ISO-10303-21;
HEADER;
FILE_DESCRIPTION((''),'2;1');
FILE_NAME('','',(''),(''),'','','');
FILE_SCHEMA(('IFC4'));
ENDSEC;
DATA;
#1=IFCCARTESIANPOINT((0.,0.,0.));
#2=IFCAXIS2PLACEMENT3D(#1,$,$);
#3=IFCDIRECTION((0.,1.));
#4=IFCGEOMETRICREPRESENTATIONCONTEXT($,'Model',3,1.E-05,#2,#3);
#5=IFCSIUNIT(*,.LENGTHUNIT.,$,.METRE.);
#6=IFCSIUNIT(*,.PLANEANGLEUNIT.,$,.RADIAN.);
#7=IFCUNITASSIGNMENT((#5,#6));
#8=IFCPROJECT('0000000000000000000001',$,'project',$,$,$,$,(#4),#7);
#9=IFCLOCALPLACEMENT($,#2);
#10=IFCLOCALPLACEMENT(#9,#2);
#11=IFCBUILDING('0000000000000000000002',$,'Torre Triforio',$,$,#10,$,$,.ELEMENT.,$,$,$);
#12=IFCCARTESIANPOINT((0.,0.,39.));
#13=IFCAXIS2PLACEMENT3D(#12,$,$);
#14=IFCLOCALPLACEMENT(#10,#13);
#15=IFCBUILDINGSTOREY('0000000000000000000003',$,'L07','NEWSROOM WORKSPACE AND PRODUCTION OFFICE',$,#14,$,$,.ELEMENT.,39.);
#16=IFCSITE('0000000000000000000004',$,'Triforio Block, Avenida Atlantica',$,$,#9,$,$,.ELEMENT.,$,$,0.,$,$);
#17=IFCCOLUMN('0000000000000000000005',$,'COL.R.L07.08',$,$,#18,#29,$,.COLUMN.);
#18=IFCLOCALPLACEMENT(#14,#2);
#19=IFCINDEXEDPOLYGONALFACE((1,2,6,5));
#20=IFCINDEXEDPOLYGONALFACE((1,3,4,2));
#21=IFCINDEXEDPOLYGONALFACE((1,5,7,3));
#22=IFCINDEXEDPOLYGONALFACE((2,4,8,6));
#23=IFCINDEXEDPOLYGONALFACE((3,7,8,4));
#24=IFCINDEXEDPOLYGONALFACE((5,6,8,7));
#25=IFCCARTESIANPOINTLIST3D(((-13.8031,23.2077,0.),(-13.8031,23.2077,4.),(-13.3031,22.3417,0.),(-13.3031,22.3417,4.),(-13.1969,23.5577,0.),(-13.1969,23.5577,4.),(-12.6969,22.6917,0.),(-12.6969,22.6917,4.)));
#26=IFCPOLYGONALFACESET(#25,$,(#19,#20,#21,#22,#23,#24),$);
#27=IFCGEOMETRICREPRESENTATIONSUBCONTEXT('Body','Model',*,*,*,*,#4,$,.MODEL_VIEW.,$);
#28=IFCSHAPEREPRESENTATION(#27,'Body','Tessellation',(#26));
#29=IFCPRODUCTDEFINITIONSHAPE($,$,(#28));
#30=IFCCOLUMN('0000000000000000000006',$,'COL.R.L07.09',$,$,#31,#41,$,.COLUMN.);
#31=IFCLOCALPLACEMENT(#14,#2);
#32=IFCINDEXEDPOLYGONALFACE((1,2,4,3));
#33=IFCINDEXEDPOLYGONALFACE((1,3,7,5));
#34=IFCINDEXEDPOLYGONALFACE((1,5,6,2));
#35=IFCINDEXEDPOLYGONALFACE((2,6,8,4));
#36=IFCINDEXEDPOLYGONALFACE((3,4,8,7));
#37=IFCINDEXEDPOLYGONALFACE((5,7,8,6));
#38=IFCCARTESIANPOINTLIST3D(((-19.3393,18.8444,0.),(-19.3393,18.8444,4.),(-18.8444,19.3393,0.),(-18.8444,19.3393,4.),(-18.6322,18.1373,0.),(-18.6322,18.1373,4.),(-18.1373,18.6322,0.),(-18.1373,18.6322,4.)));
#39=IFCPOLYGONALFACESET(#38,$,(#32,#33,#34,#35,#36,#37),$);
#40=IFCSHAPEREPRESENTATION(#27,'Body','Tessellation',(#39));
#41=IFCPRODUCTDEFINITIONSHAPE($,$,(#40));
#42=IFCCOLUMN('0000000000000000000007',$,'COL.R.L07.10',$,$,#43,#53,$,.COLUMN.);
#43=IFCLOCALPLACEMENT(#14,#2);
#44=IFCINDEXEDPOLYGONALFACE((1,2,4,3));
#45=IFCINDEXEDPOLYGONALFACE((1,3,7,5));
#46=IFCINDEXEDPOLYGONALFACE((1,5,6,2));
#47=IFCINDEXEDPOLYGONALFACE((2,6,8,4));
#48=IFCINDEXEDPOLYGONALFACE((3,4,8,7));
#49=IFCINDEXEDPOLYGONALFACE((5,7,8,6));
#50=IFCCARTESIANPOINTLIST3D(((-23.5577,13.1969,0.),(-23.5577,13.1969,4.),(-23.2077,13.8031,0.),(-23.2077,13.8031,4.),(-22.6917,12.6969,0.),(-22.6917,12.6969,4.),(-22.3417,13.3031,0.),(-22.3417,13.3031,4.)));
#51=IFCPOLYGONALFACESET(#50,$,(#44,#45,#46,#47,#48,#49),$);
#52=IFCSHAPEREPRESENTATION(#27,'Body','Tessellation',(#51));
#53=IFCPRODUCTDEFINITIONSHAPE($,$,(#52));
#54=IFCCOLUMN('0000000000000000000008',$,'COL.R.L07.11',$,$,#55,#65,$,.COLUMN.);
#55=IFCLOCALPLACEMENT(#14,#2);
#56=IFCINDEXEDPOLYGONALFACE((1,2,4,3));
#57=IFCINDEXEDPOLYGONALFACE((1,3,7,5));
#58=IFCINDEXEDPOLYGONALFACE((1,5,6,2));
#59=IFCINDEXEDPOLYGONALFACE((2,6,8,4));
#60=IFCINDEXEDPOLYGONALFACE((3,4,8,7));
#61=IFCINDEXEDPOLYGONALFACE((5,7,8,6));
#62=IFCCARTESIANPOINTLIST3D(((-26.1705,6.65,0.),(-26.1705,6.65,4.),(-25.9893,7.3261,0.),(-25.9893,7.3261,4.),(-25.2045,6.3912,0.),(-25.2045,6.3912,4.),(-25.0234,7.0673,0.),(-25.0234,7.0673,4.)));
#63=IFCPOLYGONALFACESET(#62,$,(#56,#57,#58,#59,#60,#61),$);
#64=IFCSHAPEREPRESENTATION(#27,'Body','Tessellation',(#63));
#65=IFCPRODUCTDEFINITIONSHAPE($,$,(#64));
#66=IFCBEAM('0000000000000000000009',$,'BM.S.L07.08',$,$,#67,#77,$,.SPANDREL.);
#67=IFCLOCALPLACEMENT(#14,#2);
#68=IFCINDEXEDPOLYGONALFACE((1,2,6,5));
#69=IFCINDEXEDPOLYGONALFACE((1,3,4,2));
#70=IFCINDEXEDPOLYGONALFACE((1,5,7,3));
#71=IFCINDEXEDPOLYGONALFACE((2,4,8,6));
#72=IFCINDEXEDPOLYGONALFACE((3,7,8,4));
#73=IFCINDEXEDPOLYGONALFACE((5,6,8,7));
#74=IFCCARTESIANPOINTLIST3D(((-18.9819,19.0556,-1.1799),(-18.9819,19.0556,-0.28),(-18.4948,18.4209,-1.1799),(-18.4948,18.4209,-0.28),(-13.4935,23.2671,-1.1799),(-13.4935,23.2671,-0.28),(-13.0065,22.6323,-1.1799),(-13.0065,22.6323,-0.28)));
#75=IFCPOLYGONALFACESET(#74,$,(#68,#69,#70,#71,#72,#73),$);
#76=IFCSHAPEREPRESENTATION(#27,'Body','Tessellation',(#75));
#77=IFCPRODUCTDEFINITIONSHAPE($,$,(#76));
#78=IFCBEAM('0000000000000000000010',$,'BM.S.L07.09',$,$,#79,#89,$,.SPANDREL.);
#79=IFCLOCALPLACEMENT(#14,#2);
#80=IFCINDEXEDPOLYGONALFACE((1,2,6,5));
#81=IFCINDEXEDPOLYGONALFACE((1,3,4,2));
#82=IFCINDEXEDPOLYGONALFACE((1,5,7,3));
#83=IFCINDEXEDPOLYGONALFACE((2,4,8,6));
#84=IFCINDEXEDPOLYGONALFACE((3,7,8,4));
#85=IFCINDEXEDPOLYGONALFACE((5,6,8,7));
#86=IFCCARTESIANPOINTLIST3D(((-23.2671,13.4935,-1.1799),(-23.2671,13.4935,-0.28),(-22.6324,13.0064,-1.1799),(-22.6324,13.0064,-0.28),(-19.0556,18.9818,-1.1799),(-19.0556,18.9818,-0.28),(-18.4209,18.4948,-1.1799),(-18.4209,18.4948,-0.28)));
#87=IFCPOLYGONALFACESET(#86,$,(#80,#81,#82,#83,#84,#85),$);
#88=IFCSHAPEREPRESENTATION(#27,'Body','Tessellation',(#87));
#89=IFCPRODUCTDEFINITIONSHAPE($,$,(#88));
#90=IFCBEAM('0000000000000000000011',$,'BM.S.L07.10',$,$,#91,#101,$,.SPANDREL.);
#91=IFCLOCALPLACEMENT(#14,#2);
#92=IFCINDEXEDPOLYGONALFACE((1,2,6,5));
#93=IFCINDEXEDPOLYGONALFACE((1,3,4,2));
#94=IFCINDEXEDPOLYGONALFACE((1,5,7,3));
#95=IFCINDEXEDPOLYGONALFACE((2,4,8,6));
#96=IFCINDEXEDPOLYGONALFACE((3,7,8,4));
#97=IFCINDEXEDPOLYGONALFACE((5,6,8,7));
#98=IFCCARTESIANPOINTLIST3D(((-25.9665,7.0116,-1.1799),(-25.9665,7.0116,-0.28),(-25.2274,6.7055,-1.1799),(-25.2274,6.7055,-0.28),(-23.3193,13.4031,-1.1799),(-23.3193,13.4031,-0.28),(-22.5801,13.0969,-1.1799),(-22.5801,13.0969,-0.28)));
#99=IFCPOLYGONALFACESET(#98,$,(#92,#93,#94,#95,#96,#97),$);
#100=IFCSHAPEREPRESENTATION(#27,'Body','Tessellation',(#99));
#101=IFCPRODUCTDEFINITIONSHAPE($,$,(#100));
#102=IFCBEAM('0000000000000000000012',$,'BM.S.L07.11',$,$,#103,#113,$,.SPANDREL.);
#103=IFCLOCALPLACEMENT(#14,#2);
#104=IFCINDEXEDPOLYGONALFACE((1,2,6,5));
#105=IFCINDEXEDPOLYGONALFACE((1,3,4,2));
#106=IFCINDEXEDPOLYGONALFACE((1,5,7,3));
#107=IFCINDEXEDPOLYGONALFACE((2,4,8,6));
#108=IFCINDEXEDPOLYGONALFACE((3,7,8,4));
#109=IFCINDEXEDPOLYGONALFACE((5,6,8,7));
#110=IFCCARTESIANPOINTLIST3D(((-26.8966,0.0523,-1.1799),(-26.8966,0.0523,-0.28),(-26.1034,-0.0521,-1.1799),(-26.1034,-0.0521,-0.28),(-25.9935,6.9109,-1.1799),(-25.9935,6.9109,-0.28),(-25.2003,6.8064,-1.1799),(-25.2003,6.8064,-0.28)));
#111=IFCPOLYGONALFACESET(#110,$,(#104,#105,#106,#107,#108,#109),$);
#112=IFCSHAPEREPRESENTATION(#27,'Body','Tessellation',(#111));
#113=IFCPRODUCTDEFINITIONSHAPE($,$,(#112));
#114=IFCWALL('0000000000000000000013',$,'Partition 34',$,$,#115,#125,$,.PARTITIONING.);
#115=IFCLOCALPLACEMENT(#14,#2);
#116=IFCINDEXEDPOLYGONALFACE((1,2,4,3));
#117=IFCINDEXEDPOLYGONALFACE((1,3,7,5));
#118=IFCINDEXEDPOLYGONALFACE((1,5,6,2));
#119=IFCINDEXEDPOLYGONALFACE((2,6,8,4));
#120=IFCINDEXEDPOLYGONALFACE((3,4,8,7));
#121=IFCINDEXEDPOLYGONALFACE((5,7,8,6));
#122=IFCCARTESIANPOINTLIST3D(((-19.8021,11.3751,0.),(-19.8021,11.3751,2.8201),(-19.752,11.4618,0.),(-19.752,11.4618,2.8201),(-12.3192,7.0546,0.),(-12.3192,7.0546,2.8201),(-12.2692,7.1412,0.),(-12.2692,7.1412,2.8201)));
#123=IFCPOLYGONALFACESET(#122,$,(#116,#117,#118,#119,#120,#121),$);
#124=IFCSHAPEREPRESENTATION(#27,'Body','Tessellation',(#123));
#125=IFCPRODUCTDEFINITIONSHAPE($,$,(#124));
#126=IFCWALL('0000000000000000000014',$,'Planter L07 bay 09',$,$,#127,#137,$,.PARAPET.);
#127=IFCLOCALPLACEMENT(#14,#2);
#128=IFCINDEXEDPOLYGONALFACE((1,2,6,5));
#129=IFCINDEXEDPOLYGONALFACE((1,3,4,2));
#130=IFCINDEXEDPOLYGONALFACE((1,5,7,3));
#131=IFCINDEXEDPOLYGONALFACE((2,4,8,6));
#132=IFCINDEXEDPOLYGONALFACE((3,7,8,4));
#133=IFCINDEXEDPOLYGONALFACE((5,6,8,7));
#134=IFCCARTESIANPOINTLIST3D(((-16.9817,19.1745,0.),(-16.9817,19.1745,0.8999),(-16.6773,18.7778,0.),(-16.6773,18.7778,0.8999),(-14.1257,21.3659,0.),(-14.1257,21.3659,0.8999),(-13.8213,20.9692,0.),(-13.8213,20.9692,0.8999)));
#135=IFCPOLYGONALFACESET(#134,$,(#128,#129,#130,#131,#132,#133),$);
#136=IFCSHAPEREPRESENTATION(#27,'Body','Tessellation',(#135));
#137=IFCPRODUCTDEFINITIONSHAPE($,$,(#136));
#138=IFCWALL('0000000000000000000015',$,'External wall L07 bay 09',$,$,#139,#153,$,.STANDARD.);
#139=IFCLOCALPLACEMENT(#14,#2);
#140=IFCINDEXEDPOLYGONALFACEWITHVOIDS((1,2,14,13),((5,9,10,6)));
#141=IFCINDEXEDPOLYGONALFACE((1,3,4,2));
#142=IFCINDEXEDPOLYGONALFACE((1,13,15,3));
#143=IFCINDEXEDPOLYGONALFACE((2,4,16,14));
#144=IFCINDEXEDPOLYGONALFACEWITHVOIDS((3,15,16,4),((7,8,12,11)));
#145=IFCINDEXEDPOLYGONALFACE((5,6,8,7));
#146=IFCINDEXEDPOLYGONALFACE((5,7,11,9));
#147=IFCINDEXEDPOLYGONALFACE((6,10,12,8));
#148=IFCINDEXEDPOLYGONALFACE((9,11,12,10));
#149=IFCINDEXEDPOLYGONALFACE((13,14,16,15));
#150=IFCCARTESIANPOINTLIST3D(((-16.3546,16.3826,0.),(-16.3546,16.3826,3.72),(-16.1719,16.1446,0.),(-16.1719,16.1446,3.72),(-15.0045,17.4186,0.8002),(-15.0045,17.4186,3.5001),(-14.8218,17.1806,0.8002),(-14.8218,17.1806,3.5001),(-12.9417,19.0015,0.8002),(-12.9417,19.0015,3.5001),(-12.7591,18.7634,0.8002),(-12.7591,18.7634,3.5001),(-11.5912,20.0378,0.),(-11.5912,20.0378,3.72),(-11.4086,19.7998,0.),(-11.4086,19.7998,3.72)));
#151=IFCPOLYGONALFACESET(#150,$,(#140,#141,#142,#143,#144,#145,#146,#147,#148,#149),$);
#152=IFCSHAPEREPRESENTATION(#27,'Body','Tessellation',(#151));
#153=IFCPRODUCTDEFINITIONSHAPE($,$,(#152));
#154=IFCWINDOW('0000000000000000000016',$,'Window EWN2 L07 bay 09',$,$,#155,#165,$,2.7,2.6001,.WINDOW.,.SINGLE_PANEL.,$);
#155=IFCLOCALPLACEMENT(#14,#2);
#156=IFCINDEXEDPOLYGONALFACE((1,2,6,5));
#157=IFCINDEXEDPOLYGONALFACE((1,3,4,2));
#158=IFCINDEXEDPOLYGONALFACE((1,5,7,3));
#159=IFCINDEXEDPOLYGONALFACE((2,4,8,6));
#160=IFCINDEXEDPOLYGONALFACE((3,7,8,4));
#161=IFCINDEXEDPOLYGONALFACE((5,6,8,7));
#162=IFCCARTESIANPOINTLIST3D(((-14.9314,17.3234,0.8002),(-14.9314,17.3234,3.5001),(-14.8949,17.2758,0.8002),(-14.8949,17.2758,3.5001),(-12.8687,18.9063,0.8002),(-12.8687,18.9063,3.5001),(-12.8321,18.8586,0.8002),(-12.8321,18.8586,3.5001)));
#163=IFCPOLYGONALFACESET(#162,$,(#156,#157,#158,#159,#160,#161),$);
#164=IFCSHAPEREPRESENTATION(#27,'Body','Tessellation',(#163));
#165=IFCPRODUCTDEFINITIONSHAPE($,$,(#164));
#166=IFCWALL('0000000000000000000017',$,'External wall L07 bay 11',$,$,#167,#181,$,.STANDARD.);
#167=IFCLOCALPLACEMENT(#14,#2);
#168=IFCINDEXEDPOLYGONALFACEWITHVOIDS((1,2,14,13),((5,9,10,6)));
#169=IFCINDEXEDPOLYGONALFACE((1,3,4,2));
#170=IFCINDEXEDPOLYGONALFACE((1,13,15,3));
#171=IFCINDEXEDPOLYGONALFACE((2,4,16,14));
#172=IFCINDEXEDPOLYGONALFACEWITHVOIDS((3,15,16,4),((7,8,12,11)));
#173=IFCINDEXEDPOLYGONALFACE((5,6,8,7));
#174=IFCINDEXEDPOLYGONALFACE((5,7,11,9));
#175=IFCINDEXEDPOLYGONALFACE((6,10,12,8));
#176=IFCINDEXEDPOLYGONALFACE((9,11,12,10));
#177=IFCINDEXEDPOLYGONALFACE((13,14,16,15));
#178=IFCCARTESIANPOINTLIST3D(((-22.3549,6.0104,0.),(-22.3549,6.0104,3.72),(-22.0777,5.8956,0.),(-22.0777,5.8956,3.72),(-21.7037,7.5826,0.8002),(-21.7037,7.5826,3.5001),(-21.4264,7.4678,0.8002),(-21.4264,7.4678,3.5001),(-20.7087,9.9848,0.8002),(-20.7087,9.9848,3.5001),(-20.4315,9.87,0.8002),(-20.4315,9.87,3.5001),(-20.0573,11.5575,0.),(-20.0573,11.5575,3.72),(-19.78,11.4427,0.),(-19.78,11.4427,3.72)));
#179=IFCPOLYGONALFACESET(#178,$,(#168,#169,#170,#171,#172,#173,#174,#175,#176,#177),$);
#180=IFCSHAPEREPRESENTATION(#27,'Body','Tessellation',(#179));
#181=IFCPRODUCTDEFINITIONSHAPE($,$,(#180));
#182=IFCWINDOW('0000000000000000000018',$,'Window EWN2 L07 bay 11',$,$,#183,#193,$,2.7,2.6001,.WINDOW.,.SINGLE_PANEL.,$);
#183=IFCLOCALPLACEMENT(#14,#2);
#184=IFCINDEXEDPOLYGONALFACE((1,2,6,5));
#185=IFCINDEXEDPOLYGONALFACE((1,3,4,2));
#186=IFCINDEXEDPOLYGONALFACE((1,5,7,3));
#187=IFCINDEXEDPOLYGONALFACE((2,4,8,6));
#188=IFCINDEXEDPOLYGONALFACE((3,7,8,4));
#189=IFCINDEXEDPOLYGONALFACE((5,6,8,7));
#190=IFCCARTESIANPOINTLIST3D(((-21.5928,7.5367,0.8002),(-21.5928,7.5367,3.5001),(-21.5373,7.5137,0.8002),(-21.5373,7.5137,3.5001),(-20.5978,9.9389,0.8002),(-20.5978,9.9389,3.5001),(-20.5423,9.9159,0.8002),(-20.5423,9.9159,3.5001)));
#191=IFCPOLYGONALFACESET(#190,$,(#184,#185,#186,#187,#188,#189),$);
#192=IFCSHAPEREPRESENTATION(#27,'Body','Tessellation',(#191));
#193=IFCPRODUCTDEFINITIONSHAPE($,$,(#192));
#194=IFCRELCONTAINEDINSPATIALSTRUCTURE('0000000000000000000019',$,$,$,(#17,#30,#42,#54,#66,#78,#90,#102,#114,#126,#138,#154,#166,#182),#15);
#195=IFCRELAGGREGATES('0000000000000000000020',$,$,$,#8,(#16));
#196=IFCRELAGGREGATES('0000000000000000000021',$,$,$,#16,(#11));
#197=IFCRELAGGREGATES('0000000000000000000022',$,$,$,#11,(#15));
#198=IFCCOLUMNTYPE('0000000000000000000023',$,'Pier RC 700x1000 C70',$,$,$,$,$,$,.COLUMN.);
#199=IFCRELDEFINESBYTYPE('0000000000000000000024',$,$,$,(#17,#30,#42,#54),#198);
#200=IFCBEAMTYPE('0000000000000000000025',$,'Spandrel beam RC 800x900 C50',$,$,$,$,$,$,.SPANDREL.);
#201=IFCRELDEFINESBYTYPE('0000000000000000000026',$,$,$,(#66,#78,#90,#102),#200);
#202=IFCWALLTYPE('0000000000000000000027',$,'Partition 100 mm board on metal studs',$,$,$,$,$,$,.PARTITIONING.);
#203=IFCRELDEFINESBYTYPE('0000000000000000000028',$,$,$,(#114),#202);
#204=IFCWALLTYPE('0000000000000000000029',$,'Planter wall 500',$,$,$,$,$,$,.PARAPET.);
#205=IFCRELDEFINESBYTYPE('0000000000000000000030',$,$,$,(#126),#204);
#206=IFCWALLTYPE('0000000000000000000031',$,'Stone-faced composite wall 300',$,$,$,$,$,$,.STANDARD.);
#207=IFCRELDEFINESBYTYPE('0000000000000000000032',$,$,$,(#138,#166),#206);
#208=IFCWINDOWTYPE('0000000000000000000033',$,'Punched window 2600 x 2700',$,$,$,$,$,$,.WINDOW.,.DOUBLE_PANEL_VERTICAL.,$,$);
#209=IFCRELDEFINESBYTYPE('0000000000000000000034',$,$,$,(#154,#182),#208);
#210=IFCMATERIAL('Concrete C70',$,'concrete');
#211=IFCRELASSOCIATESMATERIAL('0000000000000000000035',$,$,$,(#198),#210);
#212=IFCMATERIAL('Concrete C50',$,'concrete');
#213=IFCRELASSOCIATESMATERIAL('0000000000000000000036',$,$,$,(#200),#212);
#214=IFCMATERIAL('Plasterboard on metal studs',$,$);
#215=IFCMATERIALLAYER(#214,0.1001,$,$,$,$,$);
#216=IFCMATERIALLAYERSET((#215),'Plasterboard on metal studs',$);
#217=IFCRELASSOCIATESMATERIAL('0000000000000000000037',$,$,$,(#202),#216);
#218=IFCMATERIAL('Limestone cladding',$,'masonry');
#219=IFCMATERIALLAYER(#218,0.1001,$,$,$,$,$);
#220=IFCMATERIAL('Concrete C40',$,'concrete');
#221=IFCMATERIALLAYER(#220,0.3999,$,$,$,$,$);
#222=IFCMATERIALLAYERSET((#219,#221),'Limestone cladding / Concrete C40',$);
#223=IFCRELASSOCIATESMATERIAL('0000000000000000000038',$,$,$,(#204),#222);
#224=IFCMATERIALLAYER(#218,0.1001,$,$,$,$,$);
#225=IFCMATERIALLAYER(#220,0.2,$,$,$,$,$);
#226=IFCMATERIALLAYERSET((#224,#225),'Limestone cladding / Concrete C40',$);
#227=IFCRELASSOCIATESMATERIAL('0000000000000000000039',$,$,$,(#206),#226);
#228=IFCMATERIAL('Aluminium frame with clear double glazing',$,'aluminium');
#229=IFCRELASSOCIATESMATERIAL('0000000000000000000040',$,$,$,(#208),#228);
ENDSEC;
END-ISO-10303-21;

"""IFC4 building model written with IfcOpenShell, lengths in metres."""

from ifc_helpers import new_model, si_unit, direction, frame, frame_2d, origin, origin_2d, place, context, subcontext, project, spatial, rectangle, extrude, material, layer, layer_set, material_profile, profile_set, type_object, element, fill, save


model = new_model("IFC4")

# Units and contexts
model_context = context("Model", 3, precision=1e-05, world=origin(), true_north=direction((0.0, 1.0)))
body_context = subcontext(model_context, "Body", "Model", "MODEL_VIEW")
ifc_project = project(units=[si_unit("LENGTHUNIT", "METRE"), si_unit("PLANEANGLEUNIT", "RADIAN")], contexts=[model_context])

# Site, building, storey
site_placement = place(None, origin())
site = spatial("IfcSite", under=ifc_project, at=site_placement, Name="Triforio Block, Avenida Atlantica", CompositionType="ELEMENT", RefElevation=0.0)
building_placement = place(site_placement, origin())
building = spatial("IfcBuilding", under=site, at=building_placement, Name="Torre Triforio", CompositionType="ELEMENT")
storey_placement = place(building_placement, frame((0.0, 0.0, 39.0)))
storey = spatial("IfcBuildingStorey", under=building, at=storey_placement, Name="L07", Description="NEWSROOM WORKSPACE AND PRODUCTION OFFICE", CompositionType="ELEMENT", Elevation=39.0)

# Columns
ifc_material_1 = material(Name="Concrete C70", Category="concrete")
ifc_material_profile_1 = material_profile(ifc_material_1, rectangle(XDim=0.7, YDim=1.0, at=origin_2d()), Name="RC 700x1000")
ifc_profile_set_1 = profile_set([ifc_material_profile_1], Name="Concrete C70")
column_type = type_object("IfcColumnType", Name="Pier RC 700x1000 C70", PredefinedType="COLUMN", material=ifc_profile_set_1)
for number, where, z_axis, x_axis, name in (
    (1, (-13.25, 22.9497, 0.0), (0.0, 0.0, 1.0), (-0.866025, -0.5, 0.0), "COL.R.L07.08"),
    (2, (-18.7383, 18.7383, 0.0), (0.0, 0.0, 1.0), (-0.707107, -0.707107, 0.0), "COL.R.L07.09"),
    (3, (-22.9497, 13.25, 0.0), (0.0, 0.0, 1.0), (-0.5, -0.866025, 0.0), "COL.R.L07.10"),
    (4, (-25.5969, 6.8586, 0.0), (0.0, 0.0, 1.0), (-0.258819, -0.965926, 0.0), "COL.R.L07.11"),
):
    element("IfcColumn", number, at=place(storey_placement, frame(where, z_axis=z_axis, x_axis=x_axis)), inside=storey, type_object=column_type, Name=name, PredefinedType="COLUMN", context=body_context, shape_type="SweptSolid", body=[
        extrude(rectangle(XDim=0.7, YDim=1.0, at=origin_2d()), origin(), (0.0, 0.0, 1.0), 4.0),
    ])

# Beams
ifc_material_2 = material(Name="Concrete C50", Category="concrete")
ifc_material_profile_2 = material_profile(ifc_material_2, rectangle(XDim=0.8, YDim=0.8999, at=origin_2d()), Name="RC 800x900")
ifc_profile_set_2 = profile_set([ifc_material_profile_2], Name="Concrete C50")
beam_type = type_object("IfcBeamType", Name="Spandrel beam RC 800x900 C50", PredefinedType="SPANDREL", material=ifc_profile_set_2)
for number, where, z_axis, x_axis, name in (
    (5, (-13.25, 22.9497, -0.73), (-0.793345, -0.608772, 0.0), (0.608772, -0.793345, 0.0), "BM.S.L07.08"),
    (6, (-18.7383, 18.7383, -0.73), (-0.608772, -0.793345, 0.0), (0.793345, -0.608772, 0.0), "BM.S.L07.09"),
    (7, (-22.9497, 13.25, -0.73), (-0.382662, -0.923888, 0.0), (0.923888, -0.382662, 0.0), "BM.S.L07.10"),
):
    element("IfcBeam", number, at=place(storey_placement, frame(where, z_axis=z_axis, x_axis=x_axis)), inside=storey, type_object=beam_type, Name=name, PredefinedType="SPANDREL", context=body_context, shape_type="SweptSolid", body=[
        extrude(rectangle(XDim=0.8, YDim=0.8999, at=origin_2d()), origin(), (0.0, 0.0, 1.0), 6.918),
    ])
beam_placement = place(storey_placement, frame((-25.5969, 6.8586, -0.73), z_axis=(-0.130543, -0.991443, 0.0), x_axis=(0.991443, -0.130543, 0.0)))
element("IfcBeam", 8, at=beam_placement, inside=storey, type_object=beam_type, Name="BM.S.L07.11", PredefinedType="SPANDREL", context=body_context, shape_type="SweptSolid", body=[
    extrude(rectangle(XDim=0.8, YDim=0.8999, at=origin_2d()), origin(), (0.0, 0.0, 1.0), 6.9177),
])

# Walls
ifc_material_3 = material(Name="Plasterboard on metal studs")
ifc_layer_1 = layer(ifc_material_3, 0.1001)
ifc_layer_set_1 = layer_set([ifc_layer_1], Name="Plasterboard on metal studs")
wall_type_1 = type_object("IfcWallType", Name="Partition 100 mm board on metal studs", PredefinedType="PARTITIONING", material=ifc_layer_set_1)
wall_1_placement = place(storey_placement, frame((-12.2942, 7.0979, 0.0), z_axis=(0.0, 0.0, 1.0), x_axis=(-0.866011, 0.500026, 0.0)))
element("IfcWall", 9, at=wall_1_placement, inside=storey, type_object=wall_type_1, Name="Partition 34", PredefinedType="PARTITIONING", context=body_context, shape_type="SweptSolid", body=[
    extrude(rectangle(XDim=8.6406, YDim=0.1001, at=frame_2d((4.3203, 0.0))), origin(), (0.0, 0.0, 1.0), 2.8201),
])
ifc_material_4 = material(Name="Limestone cladding", Category="masonry")
ifc_layer_2 = layer(ifc_material_4, 0.1001)
ifc_material_5 = material(Name="Concrete C40", Category="concrete")
ifc_layer_3 = layer(ifc_material_5, 0.3999)
ifc_layer_set_2 = layer_set([ifc_layer_2, ifc_layer_3], Name="Limestone cladding / Concrete C40")
wall_type_2 = type_object("IfcWallType", Name="Planter wall 500", PredefinedType="PARAPET", material=ifc_layer_set_2)
wall_2_placement = place(storey_placement, frame((-13.9736, 21.1675, 0.0), z_axis=(0.0, 0.0, 1.0), x_axis=(-0.79336, -0.608753, 0.0)))
element("IfcWall", 10, at=wall_2_placement, inside=storey, type_object=wall_type_2, Name="Planter L07 bay 09", PredefinedType="PARAPET", context=body_context, shape_type="SweptSolid", body=[
    extrude(rectangle(XDim=3.5999, YDim=0.5, at=frame_2d((1.7998, 0.0))), origin(), (0.0, 0.0, 1.0), 0.8999),
])

# Wall, opening, window
ifc_layer_4 = layer(ifc_material_4, 0.1001)
ifc_layer_5 = layer(ifc_material_5, 0.2)
ifc_layer_set_3 = layer_set([ifc_layer_4, ifc_layer_5], Name="Limestone cladding / Concrete C40")
wall_type_3 = type_object("IfcWallType", Name="Stone-faced composite wall 300", PredefinedType="STANDARD", material=ifc_layer_set_3)
wall_3_placement = place(storey_placement, frame((-11.5, 19.9187, 0.0), z_axis=(0.0, 0.0, 1.0), x_axis=(-0.79334, -0.608779, 0.0)))
wall_3 = element("IfcWall", 11, at=wall_3_placement, inside=storey, type_object=wall_type_3, Name="External wall L07 bay 09", PredefinedType="STANDARD", context=body_context, shape_type="SweptSolid", body=[
    extrude(rectangle(XDim=6.0042, YDim=0.3, at=frame_2d((3.002, 0.0))), origin(), (0.0, 0.0, 1.0), 3.72),
])
opening_1_placement = place(wall_3_placement, frame((1.7021, 0.0, 0.8)))
opening_1 = element("IfcOpeningElement", 12, at=opening_1_placement, cuts=wall_3, PredefinedType="OPENING", context=body_context, shape_type="SweptSolid", body=[
    extrude(rectangle(XDim=2.6001, YDim=2.7, at=frame_2d((1.3, 1.3501))), frame((0.0, 0.1599, 0.0), z_axis=(0.0, -1.0, 0.0), x_axis=(1.0, 0.0, 0.0)), (0.0, 0.0, 1.0), 0.3201),
])
ifc_material_6 = material(Name="Aluminium frame with clear double glazing", Category="aluminium")
window_type_1 = type_object("IfcWindowType", Name="Punched window 2600 x 2700", PartitioningType="DOUBLE_PANEL_VERTICAL", PredefinedType="WINDOW", material=ifc_material_6)
window_1_placement = place(opening_1_placement, origin())
window_1 = element("IfcWindow", 13, at=window_1_placement, inside=storey, type_object=window_type_1, Name="Window EWN2 L07 bay 09", OverallHeight=2.7, OverallWidth=2.6001, PartitioningType="SINGLE_PANEL", PredefinedType="WINDOW", context=body_context, shape_type="SweptSolid", body=[
    extrude(rectangle(XDim=2.6001, YDim=2.7, at=frame_2d((1.3, 1.3501))), frame((0.0, 0.03, 0.0), z_axis=(0.0, -1.0, 0.0), x_axis=(1.0, 0.0, 0.0)), (0.0, 0.0, 1.0), 0.0601),
])
fill(opening_1, window_1)

# Wall, opening, window
wall_4_placement = place(storey_placement, frame((-19.9187, 11.5, 0.0), z_axis=(0.0, 0.0, 1.0), x_axis=(-0.382671, -0.923885, 0.0)))
wall_4 = element("IfcWall", 14, at=wall_4_placement, inside=storey, type_object=wall_type_3, Name="External wall L07 bay 11", PredefinedType="STANDARD", context=body_context, shape_type="SweptSolid", body=[
    extrude(rectangle(XDim=6.0042, YDim=0.3, at=frame_2d((3.002, 0.0))), origin(), (0.0, 0.0, 1.0), 3.72),
])
opening_2_placement = place(wall_4_placement, frame((1.7021, 0.0, 0.8)))
opening_2 = element("IfcOpeningElement", 15, at=opening_2_placement, cuts=wall_4, PredefinedType="OPENING", context=body_context, shape_type="SweptSolid", body=[
    extrude(rectangle(XDim=2.6001, YDim=2.7, at=frame_2d((1.3, 1.3501))), frame((0.0, 0.1599, 0.0), z_axis=(0.0, -1.0, 0.0), x_axis=(1.0, 0.0, 0.0)), (0.0, 0.0, 1.0), 0.3201),
])
window_2_placement = place(opening_2_placement, origin())
window_2 = element("IfcWindow", 16, at=window_2_placement, inside=storey, type_object=window_type_1, Name="Window EWN2 L07 bay 11", OverallHeight=2.7, OverallWidth=2.6001, PartitioningType="SINGLE_PANEL", PredefinedType="WINDOW", context=body_context, shape_type="SweptSolid", body=[
    extrude(rectangle(XDim=2.6001, YDim=2.7, at=frame_2d((1.3, 1.3501))), frame((0.0, 0.03, 0.0), z_axis=(0.0, -1.0, 0.0), x_axis=(1.0, 0.0, 0.0)), (0.0, 0.0, 1.0), 0.0601),
])
fill(opening_2, window_2)

save(model, "model.ifc")
